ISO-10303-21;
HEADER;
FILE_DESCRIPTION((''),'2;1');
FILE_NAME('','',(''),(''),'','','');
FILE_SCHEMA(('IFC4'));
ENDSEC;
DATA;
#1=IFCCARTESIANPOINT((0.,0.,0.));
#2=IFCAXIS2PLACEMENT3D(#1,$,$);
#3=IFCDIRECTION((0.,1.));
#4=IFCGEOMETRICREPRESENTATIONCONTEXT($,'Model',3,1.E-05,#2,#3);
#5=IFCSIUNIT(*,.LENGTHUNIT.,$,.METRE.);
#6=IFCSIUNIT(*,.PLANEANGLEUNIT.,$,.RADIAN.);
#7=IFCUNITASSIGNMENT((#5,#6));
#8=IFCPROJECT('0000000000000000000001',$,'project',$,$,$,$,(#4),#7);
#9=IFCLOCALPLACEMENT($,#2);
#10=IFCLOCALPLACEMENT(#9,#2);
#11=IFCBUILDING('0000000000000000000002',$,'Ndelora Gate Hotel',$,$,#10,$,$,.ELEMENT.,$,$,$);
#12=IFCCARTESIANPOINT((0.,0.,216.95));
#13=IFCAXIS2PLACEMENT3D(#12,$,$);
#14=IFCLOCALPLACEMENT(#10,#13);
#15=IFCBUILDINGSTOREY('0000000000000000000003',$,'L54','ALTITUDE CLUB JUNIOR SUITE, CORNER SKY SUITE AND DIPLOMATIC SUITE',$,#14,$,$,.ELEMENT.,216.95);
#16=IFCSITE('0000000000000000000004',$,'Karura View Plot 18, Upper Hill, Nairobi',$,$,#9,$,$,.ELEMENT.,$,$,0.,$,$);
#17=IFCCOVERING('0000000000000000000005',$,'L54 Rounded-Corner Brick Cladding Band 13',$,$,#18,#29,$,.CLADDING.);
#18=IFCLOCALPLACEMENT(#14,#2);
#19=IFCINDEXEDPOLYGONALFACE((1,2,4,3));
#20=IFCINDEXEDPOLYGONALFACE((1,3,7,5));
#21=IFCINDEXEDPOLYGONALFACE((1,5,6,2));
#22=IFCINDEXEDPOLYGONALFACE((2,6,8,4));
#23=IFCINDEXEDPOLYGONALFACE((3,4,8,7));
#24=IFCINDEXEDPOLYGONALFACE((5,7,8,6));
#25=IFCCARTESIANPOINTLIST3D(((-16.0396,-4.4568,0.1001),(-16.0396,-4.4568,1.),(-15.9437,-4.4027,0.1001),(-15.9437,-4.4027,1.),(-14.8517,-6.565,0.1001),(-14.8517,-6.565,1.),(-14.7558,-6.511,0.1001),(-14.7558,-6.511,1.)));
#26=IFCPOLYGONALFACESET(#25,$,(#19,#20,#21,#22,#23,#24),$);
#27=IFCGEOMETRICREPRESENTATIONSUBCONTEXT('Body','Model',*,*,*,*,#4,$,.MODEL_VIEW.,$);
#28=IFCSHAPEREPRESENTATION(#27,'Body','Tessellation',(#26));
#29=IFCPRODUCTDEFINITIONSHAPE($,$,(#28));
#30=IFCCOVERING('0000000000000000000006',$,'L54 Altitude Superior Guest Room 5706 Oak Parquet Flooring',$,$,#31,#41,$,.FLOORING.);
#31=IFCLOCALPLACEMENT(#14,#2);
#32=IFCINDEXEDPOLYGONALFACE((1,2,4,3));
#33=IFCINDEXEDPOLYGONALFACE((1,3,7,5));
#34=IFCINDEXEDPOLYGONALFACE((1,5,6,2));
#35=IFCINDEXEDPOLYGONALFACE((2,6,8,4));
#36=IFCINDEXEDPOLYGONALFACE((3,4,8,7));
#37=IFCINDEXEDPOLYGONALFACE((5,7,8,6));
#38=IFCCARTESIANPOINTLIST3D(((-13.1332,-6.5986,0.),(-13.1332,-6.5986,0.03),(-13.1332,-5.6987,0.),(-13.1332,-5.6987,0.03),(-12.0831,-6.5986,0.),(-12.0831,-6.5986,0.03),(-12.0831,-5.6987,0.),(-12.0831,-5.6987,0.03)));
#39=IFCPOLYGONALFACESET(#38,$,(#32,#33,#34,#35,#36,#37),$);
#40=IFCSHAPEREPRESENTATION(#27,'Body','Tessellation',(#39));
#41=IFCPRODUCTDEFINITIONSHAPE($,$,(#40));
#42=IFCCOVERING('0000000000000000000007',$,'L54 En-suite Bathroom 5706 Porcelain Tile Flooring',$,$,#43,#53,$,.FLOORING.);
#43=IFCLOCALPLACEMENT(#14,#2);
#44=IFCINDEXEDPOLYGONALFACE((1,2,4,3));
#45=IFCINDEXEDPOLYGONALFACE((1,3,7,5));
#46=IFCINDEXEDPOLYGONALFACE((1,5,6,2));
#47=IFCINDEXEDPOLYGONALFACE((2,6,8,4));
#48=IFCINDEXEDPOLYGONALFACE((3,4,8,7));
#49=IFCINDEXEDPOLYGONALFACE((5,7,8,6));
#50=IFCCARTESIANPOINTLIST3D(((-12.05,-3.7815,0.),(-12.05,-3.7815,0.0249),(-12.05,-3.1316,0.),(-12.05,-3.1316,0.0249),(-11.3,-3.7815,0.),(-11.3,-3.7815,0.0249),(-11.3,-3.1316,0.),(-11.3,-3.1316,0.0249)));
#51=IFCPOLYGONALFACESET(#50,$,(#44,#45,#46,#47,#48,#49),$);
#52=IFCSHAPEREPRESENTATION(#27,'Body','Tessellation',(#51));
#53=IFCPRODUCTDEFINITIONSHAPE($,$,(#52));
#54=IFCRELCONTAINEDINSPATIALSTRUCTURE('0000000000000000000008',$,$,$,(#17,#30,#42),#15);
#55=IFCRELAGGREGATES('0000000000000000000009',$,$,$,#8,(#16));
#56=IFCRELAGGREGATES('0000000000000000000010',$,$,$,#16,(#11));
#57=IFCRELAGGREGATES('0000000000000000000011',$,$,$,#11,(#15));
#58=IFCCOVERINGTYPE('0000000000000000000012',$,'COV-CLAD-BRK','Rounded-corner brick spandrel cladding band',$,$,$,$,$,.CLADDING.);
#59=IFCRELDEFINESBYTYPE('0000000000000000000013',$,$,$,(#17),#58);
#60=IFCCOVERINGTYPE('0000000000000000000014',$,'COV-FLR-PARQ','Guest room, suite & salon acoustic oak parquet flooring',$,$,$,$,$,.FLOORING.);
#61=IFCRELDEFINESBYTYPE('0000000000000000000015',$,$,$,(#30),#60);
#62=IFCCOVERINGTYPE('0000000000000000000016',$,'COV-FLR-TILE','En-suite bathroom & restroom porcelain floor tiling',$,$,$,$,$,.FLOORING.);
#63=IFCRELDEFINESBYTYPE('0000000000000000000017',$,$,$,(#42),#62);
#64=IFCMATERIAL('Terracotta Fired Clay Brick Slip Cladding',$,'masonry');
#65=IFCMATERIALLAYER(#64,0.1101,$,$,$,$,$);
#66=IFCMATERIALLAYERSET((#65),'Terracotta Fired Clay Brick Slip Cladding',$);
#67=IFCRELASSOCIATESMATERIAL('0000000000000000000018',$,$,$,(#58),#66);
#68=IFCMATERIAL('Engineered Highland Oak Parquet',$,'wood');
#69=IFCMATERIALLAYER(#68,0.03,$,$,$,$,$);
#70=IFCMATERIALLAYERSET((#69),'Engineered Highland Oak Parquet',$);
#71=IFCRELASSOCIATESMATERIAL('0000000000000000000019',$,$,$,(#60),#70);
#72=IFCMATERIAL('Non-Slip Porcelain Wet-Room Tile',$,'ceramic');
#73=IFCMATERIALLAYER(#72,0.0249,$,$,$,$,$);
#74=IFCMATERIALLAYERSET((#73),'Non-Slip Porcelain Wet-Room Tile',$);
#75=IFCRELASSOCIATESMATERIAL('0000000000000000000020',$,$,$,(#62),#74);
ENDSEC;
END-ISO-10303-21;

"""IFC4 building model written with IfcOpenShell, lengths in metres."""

from ifc_helpers import new_model, si_unit, direction, frame, origin, origin_2d, place, context, subcontext, project, spatial, rectangle, extrude, material, layer, layer_set, type_object, element, save


model = new_model("IFC4")

# Units and contexts
model_context = context("Model", 3, precision=1e-05, world=origin(), true_north=direction((0.0, 1.0)))
body_context = subcontext(model_context, "Body", "Model", "MODEL_VIEW")
ifc_project = project(units=[si_unit("LENGTHUNIT", "METRE"), si_unit("PLANEANGLEUNIT", "RADIAN")], contexts=[model_context])

# Site, building, storey
site_placement = place(None, origin())
site = spatial("IfcSite", under=ifc_project, at=site_placement, Name="Karura View Plot 18, Upper Hill, Nairobi", CompositionType="ELEMENT", RefElevation=0.0)
building_placement = place(site_placement, origin())
building = spatial("IfcBuilding", under=site, at=building_placement, Name="Ndelora Gate Hotel", CompositionType="ELEMENT")
storey_placement = place(building_placement, frame((0.0, 0.0, 216.95)))
storey = spatial("IfcBuildingStorey", under=building, at=storey_placement, Name="L54", Description="ALTITUDE CLUB JUNIOR SUITE, CORNER SKY SUITE AND DIPLOMATIC SUITE", CompositionType="ELEMENT", Elevation=216.95)

# Coverings
ifc_material_1 = material(Name="Terracotta Fired Clay Brick Slip Cladding", Category="masonry")
ifc_layer_1 = layer(ifc_material_1, 0.1101)
ifc_layer_set_1 = layer_set([ifc_layer_1], Name="Terracotta Fired Clay Brick Slip Cladding")
covering_type_1 = type_object("IfcCoveringType", Name="COV-CLAD-BRK", Description="Rounded-corner brick spandrel cladding band", PredefinedType="CLADDING", material=ifc_layer_set_1)
covering_1_placement = place(storey_placement, frame((-15.3977, -5.4839, 0.1001), z_axis=(0.0, 0.0, 1.0), x_axis=(-0.490904, 0.871214, 0.0)))
element("IfcCovering", 1, at=covering_1_placement, inside=storey, type_object=covering_type_1, Name="L54 Rounded-Corner Brick Cladding Band 13", PredefinedType="CLADDING", context=body_context, shape_type="SweptSolid", body=[
    extrude(rectangle(XDim=2.4199, YDim=0.1101, at=origin_2d()), origin(), (0.0, 0.0, 1.0), 0.8999),
])
ifc_material_2 = material(Name="Engineered Highland Oak Parquet", Category="wood")
ifc_layer_2 = layer(ifc_material_2, 0.03)
ifc_layer_set_2 = layer_set([ifc_layer_2], Name="Engineered Highland Oak Parquet")
covering_type_2 = type_object("IfcCoveringType", Name="COV-FLR-PARQ", Description="Guest room, suite & salon acoustic oak parquet flooring", PredefinedType="FLOORING", material=ifc_layer_set_2)
covering_2_placement = place(storey_placement, frame((-12.6082, -6.1487, 0.0), z_axis=(0.0, 0.0, 1.0), x_axis=(1.0, 0.0, 0.0)))
element("IfcCovering", 2, at=covering_2_placement, inside=storey, type_object=covering_type_2, Name="L54 Altitude Superior Guest Room 5706 Oak Parquet Flooring", PredefinedType="FLOORING", context=body_context, shape_type="SweptSolid", body=[
    extrude(rectangle(XDim=1.05, YDim=0.8999, at=origin_2d()), origin(), (0.0, 0.0, 1.0), 0.03),
])
ifc_material_3 = material(Name="Non-Slip Porcelain Wet-Room Tile", Category="ceramic")
ifc_layer_3 = layer(ifc_material_3, 0.0249)
ifc_layer_set_3 = layer_set([ifc_layer_3], Name="Non-Slip Porcelain Wet-Room Tile")
covering_type_3 = type_object("IfcCoveringType", Name="COV-FLR-TILE", Description="En-suite bathroom & restroom porcelain floor tiling", PredefinedType="FLOORING", material=ifc_layer_set_3)
covering_3_placement = place(storey_placement, frame((-11.675, -3.4565, 0.0), z_axis=(0.0, 0.0, 1.0), x_axis=(1.0, 0.0, 0.0)))
element("IfcCovering", 3, at=covering_3_placement, inside=storey, type_object=covering_type_3, Name="L54 En-suite Bathroom 5706 Porcelain Tile Flooring", PredefinedType="FLOORING", context=body_context, shape_type="SweptSolid", body=[
    extrude(rectangle(XDim=0.75, YDim=0.6499, at=origin_2d()), origin(), (0.0, 0.0, 1.0), 0.0249),
])

save(model, "model.ifc")
